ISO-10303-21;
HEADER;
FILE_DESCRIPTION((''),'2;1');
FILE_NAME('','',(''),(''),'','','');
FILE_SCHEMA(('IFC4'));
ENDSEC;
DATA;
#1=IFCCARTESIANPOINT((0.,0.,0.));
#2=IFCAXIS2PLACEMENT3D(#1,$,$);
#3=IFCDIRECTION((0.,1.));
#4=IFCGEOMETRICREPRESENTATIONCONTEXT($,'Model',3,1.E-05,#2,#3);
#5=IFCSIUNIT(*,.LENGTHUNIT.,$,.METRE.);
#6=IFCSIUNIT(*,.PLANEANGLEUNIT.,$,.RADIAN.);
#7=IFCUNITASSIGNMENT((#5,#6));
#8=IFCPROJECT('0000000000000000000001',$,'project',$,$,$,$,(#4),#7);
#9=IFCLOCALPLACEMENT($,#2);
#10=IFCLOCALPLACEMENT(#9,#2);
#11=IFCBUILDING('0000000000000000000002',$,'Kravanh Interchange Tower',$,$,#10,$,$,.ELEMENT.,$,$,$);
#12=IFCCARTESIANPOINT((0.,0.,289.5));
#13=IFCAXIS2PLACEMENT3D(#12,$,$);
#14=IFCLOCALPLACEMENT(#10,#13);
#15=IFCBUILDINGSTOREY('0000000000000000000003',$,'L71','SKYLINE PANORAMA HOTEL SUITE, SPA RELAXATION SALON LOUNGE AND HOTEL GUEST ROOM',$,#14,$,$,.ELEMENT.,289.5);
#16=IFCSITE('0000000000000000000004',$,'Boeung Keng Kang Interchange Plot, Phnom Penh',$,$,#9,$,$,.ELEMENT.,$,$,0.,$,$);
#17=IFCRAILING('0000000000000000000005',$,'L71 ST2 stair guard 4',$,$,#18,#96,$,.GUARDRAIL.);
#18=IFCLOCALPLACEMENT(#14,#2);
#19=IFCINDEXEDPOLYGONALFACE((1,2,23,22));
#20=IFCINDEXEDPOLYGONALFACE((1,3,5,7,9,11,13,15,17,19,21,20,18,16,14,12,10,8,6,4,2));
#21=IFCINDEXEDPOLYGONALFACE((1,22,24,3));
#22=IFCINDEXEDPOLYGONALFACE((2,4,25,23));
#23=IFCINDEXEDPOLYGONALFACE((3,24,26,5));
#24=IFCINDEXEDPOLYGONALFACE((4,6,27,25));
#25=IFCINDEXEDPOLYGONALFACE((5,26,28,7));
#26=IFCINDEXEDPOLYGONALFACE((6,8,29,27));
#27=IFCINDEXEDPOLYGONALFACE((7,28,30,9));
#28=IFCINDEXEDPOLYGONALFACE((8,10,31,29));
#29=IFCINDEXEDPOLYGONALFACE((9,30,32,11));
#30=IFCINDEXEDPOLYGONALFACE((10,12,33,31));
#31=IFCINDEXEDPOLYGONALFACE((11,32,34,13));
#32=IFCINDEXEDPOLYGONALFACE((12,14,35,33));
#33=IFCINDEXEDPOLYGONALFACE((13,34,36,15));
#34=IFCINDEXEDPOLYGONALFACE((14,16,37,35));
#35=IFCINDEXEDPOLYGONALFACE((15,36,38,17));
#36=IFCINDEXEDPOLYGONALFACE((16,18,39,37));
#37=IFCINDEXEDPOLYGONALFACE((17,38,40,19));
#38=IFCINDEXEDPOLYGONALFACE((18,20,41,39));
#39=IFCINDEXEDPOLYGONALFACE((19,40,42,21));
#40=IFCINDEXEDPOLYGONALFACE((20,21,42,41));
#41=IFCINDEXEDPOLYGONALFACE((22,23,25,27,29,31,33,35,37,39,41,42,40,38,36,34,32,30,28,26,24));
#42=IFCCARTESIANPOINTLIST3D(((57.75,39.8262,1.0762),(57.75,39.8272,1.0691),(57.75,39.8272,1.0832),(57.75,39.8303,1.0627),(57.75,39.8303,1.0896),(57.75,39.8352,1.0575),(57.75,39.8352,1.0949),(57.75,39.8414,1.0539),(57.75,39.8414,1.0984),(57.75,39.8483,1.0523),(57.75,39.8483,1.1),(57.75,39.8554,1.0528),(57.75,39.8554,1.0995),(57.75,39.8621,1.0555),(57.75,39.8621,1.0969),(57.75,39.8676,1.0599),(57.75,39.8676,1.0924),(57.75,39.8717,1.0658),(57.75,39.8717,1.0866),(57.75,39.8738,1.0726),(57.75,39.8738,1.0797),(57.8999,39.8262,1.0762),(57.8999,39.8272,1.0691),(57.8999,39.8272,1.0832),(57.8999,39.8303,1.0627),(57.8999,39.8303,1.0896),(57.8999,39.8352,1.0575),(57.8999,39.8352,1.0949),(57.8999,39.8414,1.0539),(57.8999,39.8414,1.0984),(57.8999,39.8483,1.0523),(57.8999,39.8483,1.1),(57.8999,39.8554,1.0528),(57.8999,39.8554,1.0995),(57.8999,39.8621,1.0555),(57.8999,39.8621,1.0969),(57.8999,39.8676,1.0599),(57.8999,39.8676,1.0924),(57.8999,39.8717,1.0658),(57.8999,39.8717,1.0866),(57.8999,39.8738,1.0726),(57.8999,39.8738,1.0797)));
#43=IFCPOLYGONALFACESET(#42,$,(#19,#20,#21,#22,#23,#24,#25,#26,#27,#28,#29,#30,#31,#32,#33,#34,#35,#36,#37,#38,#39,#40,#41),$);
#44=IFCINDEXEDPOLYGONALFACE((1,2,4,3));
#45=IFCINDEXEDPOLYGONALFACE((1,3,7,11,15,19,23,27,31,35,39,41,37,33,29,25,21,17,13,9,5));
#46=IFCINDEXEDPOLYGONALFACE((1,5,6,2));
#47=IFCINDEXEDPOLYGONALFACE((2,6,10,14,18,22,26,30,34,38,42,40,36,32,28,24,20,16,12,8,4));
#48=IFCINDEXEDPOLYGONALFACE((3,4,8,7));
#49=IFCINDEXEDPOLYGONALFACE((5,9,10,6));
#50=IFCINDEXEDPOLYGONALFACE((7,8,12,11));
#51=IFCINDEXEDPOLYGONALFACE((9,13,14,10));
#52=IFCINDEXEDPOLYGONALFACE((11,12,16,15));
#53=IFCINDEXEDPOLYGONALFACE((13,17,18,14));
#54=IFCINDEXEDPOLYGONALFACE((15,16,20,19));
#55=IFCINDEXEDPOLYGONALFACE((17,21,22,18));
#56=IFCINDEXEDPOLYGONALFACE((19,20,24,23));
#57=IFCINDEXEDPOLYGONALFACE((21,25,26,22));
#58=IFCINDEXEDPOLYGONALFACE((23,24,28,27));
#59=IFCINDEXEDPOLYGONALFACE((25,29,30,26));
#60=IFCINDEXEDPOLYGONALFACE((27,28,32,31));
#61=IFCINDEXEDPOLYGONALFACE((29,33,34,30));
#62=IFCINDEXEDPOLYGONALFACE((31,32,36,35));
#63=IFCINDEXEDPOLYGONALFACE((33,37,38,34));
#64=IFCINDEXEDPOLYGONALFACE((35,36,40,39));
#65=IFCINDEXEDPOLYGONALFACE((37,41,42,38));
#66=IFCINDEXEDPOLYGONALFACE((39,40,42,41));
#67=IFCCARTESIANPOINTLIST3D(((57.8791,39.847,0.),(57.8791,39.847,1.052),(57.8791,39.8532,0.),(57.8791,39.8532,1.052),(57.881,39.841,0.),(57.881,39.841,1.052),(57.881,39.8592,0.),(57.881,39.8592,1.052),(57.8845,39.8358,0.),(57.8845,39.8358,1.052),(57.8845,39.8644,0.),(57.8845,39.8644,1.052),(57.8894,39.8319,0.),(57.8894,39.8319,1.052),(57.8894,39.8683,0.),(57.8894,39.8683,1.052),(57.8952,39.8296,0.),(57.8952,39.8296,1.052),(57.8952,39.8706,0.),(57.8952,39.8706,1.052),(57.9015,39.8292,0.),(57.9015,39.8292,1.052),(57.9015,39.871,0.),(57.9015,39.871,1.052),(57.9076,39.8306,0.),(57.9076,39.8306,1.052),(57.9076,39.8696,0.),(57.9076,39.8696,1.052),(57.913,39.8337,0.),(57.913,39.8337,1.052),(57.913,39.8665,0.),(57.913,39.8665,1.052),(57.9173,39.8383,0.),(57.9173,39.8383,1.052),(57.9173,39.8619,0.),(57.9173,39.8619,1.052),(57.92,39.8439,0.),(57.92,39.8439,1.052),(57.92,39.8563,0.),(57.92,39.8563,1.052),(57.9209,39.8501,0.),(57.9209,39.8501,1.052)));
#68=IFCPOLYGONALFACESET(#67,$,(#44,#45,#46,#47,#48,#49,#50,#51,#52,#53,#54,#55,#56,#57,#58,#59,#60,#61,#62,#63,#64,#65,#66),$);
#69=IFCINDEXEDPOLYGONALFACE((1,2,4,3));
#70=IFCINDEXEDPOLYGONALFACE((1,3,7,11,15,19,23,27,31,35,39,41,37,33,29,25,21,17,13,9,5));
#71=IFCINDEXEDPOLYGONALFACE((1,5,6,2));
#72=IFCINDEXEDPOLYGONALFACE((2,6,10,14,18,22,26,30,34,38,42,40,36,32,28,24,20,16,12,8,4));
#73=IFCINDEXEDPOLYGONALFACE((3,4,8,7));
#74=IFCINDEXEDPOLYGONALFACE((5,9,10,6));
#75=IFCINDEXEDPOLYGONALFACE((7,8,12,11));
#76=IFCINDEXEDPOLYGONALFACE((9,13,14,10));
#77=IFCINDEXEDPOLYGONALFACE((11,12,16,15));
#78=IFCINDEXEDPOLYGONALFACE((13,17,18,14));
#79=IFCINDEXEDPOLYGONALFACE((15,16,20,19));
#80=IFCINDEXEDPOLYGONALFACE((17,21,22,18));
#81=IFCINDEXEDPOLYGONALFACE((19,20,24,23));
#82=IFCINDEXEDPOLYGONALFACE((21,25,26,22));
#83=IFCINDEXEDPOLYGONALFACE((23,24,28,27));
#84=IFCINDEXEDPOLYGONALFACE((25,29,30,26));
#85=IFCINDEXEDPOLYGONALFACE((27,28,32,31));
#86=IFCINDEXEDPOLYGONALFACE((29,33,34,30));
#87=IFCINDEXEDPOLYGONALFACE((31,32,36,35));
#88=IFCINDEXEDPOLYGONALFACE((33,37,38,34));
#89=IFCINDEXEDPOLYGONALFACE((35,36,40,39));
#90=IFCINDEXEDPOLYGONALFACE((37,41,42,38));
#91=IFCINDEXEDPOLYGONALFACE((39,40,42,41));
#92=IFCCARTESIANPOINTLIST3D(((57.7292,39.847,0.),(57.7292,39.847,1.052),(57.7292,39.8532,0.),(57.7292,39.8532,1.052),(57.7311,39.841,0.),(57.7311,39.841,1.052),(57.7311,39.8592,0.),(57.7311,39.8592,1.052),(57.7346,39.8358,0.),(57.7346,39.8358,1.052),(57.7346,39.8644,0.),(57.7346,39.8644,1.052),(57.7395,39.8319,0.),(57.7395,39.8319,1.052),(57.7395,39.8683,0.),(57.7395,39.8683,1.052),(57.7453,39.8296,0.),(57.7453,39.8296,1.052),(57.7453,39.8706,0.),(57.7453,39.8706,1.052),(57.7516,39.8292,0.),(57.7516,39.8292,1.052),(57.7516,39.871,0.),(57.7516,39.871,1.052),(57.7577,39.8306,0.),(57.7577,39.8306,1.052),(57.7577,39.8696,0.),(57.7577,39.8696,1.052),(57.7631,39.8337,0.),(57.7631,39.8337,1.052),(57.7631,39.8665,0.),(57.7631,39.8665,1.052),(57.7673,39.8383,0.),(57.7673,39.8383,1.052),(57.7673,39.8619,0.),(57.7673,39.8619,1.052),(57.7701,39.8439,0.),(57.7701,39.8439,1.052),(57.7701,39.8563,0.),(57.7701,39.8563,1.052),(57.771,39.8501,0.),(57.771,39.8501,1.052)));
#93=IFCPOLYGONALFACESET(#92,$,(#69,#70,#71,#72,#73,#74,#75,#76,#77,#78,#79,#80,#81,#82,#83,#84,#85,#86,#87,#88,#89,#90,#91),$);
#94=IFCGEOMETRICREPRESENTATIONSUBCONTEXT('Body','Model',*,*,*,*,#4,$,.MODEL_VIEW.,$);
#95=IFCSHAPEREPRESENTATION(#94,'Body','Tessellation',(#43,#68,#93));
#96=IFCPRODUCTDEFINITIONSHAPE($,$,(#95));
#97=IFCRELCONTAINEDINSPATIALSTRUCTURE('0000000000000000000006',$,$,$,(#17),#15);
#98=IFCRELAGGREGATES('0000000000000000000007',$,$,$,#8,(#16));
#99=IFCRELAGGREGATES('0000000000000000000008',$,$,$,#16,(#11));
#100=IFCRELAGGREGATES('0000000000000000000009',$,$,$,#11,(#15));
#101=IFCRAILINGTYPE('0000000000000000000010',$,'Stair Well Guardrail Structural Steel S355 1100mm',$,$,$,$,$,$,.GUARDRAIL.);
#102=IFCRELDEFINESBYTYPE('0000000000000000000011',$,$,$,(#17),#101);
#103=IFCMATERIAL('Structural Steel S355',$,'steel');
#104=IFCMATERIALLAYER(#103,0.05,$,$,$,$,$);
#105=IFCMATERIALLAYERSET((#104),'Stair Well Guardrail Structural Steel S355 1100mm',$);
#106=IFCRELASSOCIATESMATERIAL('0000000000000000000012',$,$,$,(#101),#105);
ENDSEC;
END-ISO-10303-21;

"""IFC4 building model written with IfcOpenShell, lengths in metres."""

from ifc_helpers import new_model, si_unit, direction, frame, origin, origin_2d, place, context, subcontext, project, spatial, circle, extrude, material, layer, layer_set, type_object, element, save


model = new_model("IFC4")

# Units and contexts
model_context = context("Model", 3, precision=1e-05, world=origin(), true_north=direction((0.0, 1.0)))
body_context = subcontext(model_context, "Body", "Model", "MODEL_VIEW")
ifc_project = project(units=[si_unit("LENGTHUNIT", "METRE"), si_unit("PLANEANGLEUNIT", "RADIAN")], contexts=[model_context])

# Site, building, storey
site_placement = place(None, origin())
site = spatial("IfcSite", under=ifc_project, at=site_placement, Name="Boeung Keng Kang Interchange Plot, Phnom Penh", CompositionType="ELEMENT", RefElevation=0.0)
building_placement = place(site_placement, origin())
building = spatial("IfcBuilding", under=site, at=building_placement, Name="Kravanh Interchange Tower", CompositionType="ELEMENT")
storey_placement = place(building_placement, frame((0.0, 0.0, 289.5)))
storey = spatial("IfcBuildingStorey", under=building, at=storey_placement, Name="L71", Description="SKYLINE PANORAMA HOTEL SUITE, SPA RELAXATION SALON LOUNGE AND HOTEL GUEST ROOM", CompositionType="ELEMENT", Elevation=289.5)

# Railing
ifc_material_1 = material(Name="Structural Steel S355", Category="steel")
ifc_layer_1 = layer(ifc_material_1, 0.05)
ifc_layer_set_1 = layer_set([ifc_layer_1], Name="Stair Well Guardrail Structural Steel S355 1100mm")
railing_type_1 = type_object("IfcRailingType", Name="Stair Well Guardrail Structural Steel S355 1100mm", PredefinedType="GUARDRAIL", material=ifc_layer_set_1)
railing_1_placement = place(storey_placement, frame((57.8999, 39.8501, 0.0)))
element("IfcRailing", 1, at=railing_1_placement, inside=storey, type_object=railing_type_1, Name="L71 ST2 stair guard 4", PredefinedType="GUARDRAIL", context=body_context, shape_type="SweptSolid", body=[
    extrude(circle(Radius=0.0239, at=origin_2d()), frame((0.0, 0.0, 1.0762), z_axis=(-1.0, 0.0, 0.0), x_axis=(0.0, -1.0, 0.0)), (0.0, 0.0, 1.0), 0.1499),
    extrude(circle(Radius=0.021, at=origin_2d()), origin(), (0.0, 0.0, 1.0), 1.052),
    extrude(circle(Radius=0.021, at=origin_2d()), frame((-0.1499, 0.0, 0.0)), (0.0, 0.0, 1.0), 1.052),
])

save(model, "model.ifc")
